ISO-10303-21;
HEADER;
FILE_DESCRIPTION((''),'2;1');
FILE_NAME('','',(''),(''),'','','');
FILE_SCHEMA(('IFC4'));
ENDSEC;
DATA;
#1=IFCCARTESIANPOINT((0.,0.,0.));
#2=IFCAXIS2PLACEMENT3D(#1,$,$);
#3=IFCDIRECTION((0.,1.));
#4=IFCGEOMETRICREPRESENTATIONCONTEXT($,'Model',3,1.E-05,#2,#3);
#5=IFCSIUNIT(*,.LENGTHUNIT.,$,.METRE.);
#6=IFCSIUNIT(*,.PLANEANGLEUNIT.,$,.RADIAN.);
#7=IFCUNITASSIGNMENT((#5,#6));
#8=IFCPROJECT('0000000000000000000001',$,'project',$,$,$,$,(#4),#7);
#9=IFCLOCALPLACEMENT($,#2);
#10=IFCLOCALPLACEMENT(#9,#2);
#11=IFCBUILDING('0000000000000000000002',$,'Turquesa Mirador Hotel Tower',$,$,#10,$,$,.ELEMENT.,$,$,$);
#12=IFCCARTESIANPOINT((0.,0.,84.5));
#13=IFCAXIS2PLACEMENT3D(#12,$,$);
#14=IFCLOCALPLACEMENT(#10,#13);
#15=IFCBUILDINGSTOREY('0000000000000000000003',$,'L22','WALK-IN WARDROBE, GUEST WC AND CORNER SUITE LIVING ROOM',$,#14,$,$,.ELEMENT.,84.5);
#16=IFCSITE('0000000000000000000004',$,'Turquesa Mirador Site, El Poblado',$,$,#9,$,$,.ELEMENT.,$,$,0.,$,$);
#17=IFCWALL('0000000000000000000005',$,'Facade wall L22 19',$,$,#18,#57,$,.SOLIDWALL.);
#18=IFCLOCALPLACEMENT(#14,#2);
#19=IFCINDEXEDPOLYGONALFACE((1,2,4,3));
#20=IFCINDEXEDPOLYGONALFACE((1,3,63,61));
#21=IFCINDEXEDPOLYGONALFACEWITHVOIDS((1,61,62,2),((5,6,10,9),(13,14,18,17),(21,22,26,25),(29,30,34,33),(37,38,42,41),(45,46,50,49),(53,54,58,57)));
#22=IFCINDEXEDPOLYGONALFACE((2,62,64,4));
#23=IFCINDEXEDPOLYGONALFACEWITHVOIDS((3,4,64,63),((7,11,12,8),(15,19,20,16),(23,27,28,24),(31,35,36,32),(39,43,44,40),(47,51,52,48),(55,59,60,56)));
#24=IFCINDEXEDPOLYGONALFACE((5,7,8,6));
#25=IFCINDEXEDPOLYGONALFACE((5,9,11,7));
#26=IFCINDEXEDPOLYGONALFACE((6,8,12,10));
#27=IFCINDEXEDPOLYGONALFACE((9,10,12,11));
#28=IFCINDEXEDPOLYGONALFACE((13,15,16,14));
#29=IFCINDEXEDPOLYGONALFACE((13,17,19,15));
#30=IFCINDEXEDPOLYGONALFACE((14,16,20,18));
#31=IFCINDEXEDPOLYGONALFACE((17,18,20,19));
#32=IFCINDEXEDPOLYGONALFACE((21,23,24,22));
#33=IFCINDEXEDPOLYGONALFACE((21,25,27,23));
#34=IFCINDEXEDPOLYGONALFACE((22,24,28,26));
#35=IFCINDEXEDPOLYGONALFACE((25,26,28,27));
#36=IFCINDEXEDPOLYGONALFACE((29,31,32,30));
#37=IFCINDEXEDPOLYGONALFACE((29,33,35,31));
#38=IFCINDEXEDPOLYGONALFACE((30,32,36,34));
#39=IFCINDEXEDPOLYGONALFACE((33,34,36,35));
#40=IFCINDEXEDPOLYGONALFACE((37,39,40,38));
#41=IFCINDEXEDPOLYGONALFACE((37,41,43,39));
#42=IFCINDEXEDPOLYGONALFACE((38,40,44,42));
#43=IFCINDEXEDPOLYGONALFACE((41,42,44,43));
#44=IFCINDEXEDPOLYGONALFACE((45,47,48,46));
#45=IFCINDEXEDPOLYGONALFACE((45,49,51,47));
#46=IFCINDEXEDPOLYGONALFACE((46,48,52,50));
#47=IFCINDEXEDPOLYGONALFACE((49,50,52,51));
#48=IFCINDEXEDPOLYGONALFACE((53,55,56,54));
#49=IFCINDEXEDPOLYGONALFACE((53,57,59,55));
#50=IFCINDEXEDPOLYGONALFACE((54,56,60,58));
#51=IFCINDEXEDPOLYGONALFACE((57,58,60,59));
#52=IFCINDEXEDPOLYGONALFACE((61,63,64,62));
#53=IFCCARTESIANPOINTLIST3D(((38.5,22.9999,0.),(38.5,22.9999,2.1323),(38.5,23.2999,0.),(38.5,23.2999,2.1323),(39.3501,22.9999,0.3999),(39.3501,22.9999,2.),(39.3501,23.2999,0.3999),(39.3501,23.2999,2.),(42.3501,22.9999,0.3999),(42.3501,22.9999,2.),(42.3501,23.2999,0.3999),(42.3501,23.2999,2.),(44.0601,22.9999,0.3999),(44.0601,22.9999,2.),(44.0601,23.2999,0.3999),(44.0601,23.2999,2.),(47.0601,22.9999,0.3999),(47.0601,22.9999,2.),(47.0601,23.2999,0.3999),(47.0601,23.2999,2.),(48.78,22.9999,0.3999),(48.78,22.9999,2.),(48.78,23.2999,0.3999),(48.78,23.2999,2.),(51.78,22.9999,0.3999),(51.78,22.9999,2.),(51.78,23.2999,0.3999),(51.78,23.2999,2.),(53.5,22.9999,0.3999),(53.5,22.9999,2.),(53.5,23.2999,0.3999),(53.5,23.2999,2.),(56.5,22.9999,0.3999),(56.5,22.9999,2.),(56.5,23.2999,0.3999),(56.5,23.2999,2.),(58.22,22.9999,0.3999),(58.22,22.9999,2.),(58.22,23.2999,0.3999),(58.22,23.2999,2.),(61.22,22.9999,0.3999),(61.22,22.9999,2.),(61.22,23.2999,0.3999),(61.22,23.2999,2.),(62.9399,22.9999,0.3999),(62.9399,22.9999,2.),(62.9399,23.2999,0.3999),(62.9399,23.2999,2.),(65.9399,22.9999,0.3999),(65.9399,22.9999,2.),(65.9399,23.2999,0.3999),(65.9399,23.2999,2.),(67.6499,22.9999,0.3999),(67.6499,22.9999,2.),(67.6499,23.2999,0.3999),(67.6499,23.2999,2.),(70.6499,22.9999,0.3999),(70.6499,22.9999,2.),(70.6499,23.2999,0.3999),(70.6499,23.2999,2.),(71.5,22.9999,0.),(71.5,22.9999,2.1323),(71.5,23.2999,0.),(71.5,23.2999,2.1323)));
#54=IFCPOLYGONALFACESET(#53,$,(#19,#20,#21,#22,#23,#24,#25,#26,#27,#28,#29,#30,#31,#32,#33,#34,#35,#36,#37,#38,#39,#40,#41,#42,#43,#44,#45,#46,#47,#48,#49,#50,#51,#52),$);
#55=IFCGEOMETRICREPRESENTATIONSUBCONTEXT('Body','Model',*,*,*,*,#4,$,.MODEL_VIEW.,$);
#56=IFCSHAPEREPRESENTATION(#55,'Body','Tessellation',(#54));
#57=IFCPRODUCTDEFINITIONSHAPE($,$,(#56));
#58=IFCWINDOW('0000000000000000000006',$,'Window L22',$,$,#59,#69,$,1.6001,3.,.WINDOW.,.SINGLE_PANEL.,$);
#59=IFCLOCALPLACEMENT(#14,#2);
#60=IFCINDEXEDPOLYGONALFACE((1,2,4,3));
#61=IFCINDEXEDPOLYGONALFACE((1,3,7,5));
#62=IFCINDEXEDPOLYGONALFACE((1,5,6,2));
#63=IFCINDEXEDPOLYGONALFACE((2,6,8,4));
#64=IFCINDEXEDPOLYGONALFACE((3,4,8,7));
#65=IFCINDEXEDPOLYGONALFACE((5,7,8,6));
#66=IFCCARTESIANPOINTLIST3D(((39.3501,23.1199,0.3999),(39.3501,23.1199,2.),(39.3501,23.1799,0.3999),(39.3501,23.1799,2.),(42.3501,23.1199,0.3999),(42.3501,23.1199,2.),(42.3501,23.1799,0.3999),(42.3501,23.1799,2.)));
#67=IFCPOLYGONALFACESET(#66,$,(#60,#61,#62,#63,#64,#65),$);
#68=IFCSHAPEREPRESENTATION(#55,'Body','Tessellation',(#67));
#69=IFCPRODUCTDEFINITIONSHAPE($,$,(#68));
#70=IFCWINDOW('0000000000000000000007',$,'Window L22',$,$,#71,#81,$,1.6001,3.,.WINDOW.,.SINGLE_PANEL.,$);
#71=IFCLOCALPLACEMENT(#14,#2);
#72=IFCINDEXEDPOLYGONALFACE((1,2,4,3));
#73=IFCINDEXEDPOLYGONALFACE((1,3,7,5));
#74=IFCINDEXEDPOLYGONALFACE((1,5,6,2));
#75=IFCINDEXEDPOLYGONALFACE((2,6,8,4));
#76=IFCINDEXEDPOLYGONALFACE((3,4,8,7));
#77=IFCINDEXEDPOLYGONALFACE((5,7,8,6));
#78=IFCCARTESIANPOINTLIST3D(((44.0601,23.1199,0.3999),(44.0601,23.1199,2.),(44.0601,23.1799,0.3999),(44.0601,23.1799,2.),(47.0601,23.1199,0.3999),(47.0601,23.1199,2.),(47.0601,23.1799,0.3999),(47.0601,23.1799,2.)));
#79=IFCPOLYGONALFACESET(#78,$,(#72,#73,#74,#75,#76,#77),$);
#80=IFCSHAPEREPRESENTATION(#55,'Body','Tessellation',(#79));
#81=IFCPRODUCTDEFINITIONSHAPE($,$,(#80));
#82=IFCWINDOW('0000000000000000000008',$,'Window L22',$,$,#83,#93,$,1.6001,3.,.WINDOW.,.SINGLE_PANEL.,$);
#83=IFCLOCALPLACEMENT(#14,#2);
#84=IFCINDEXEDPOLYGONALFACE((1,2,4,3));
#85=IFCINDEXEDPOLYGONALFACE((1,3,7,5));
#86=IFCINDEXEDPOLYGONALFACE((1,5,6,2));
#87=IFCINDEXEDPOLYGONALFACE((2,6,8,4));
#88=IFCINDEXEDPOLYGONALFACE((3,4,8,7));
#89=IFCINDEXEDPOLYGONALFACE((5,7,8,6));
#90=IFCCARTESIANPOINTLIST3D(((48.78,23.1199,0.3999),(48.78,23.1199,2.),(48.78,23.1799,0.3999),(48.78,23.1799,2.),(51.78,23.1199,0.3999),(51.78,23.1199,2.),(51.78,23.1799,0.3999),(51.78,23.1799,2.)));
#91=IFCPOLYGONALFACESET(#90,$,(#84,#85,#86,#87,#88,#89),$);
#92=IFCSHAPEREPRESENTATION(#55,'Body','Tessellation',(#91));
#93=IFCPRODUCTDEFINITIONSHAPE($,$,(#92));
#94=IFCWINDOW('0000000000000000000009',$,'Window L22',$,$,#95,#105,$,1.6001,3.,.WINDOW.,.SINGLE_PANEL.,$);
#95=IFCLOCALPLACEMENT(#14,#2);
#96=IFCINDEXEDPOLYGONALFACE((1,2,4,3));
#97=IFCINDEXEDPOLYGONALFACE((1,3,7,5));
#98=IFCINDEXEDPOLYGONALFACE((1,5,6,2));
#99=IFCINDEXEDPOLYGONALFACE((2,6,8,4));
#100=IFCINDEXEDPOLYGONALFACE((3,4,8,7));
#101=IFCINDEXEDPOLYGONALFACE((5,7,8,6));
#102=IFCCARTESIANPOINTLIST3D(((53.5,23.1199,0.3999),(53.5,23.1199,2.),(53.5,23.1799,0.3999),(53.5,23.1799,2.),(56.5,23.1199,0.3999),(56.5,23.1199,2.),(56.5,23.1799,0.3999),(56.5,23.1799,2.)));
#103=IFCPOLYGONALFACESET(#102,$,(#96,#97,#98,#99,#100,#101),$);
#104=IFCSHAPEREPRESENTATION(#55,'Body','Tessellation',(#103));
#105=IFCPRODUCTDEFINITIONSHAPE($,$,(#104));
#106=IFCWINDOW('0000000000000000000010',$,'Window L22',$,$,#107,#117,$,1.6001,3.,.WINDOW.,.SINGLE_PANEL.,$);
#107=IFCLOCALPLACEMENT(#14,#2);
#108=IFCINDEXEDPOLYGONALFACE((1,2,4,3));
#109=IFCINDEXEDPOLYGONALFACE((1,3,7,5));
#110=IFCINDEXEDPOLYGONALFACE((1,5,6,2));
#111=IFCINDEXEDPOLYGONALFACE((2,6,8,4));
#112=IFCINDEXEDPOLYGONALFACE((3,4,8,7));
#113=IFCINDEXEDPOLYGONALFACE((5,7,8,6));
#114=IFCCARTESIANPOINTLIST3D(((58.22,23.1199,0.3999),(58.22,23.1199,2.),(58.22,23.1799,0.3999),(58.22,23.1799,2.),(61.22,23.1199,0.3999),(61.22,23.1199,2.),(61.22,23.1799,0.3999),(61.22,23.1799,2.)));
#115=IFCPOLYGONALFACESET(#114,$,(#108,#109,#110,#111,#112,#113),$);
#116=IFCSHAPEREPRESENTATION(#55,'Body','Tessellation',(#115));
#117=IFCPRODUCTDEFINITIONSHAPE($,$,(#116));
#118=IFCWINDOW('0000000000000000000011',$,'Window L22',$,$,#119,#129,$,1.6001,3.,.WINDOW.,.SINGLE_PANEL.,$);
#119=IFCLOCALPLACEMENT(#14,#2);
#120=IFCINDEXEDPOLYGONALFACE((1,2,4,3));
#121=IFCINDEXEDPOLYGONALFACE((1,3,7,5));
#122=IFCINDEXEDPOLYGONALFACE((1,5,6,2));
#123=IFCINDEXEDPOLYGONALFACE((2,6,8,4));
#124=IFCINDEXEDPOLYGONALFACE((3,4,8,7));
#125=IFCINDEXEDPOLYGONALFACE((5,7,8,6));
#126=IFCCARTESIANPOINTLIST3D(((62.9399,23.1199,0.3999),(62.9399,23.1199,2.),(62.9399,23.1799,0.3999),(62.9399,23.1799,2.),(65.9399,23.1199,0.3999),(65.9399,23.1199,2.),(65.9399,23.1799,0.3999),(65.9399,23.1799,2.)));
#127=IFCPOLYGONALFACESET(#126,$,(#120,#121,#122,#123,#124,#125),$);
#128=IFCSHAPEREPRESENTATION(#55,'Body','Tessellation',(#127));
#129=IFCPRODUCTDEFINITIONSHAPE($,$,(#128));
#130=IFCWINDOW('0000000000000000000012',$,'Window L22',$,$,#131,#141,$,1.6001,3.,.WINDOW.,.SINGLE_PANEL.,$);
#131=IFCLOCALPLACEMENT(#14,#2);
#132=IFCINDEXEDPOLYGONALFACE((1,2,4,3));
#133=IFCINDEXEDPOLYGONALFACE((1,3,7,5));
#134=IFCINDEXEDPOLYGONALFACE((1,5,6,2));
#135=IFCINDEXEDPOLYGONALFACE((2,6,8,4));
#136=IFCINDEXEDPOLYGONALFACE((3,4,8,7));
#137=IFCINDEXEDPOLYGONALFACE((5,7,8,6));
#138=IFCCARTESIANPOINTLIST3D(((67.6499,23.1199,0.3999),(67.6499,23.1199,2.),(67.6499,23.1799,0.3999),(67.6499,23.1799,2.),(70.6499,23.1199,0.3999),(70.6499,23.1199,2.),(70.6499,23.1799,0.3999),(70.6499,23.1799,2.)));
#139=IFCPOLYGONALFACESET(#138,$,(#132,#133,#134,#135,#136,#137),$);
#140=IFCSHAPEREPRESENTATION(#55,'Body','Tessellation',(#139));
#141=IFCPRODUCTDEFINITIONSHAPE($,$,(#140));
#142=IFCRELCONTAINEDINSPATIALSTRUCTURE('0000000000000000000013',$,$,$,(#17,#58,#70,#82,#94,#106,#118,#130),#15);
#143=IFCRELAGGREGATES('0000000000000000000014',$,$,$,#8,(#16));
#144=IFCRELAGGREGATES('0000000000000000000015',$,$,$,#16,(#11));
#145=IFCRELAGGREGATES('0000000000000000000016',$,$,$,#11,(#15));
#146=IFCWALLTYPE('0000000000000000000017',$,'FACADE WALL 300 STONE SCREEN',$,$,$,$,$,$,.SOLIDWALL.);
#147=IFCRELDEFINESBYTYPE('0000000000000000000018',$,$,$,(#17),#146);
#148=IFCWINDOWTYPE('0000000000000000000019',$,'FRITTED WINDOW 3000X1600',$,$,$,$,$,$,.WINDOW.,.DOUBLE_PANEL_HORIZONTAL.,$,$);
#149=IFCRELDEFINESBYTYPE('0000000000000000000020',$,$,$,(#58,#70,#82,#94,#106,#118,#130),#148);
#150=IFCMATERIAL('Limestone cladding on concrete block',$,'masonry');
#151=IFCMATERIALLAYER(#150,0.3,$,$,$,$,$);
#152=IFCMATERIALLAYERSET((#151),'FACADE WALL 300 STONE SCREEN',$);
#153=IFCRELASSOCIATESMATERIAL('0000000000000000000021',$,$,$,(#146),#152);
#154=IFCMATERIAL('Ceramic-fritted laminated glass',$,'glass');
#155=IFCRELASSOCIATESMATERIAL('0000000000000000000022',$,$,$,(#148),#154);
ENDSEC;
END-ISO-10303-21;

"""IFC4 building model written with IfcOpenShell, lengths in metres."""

from ifc_helpers import new_model, si_unit, direction, frame, frame_2d, origin, place, context, subcontext, project, spatial, rectangle, extrude, material, layer, layer_set, type_object, element, fill, save


model = new_model("IFC4")

# Units and contexts
model_context = context("Model", 3, precision=1e-05, world=origin(), true_north=direction((0.0, 1.0)))
body_context = subcontext(model_context, "Body", "Model", "MODEL_VIEW")
ifc_project = project(units=[si_unit("LENGTHUNIT", "METRE"), si_unit("PLANEANGLEUNIT", "RADIAN")], contexts=[model_context])

# Site, building, storey
site_placement = place(None, origin())
site = spatial("IfcSite", under=ifc_project, at=site_placement, Name="Turquesa Mirador Site, El Poblado", CompositionType="ELEMENT", RefElevation=0.0)
building_placement = place(site_placement, origin())
building = spatial("IfcBuilding", under=site, at=building_placement, Name="Turquesa Mirador Hotel Tower", CompositionType="ELEMENT")
storey_placement = place(building_placement, frame((0.0, 0.0, 84.5)))
storey = spatial("IfcBuildingStorey", under=building, at=storey_placement, Name="L22", Description="WALK-IN WARDROBE, GUEST WC AND CORNER SUITE LIVING ROOM", CompositionType="ELEMENT", Elevation=84.5)

# Shared definitions
ifc_material_1 = material(Name="Limestone cladding on concrete block", Category="masonry")
ifc_layer_1 = layer(ifc_material_1, 0.3)
ifc_layer_set_1 = layer_set([ifc_layer_1], Name="FACADE WALL 300 STONE SCREEN")
wall_type = type_object("IfcWallType", Name="FACADE WALL 300 STONE SCREEN", PredefinedType="SOLIDWALL", material=ifc_layer_set_1)

# Wall, openings, windows
wall_1_placement = place(storey_placement, frame((38.5, 23.1499, 0.0), z_axis=(0.0, 0.0, 1.0), x_axis=(1.0, 0.0, 0.0)))
wall_1 = element("IfcWall", 1, at=wall_1_placement, inside=storey, type_object=wall_type, Name="Facade wall L22 19", PredefinedType="SOLIDWALL", context=body_context, shape_type="SweptSolid", body=[
    extrude(rectangle(XDim=33.0, YDim=0.3, at=frame_2d((16.5, 0.0))), origin(), (0.0, 0.0, 1.0), 2.1323),
])
opening_1_placement = place(wall_1_placement, frame((0.8501, 0.0, 0.3999)))
opening_1 = element("IfcOpeningElement", 2, at=opening_1_placement, cuts=wall_1, PredefinedType="OPENING", context=body_context, shape_type="SweptSolid", body=[
    extrude(rectangle(XDim=3.0, YDim=1.6001, at=frame_2d((1.5, 0.8))), frame((0.0, 0.1599, 0.0), z_axis=(0.0, -1.0, 0.0), x_axis=(1.0, 0.0, 0.0)), (0.0, 0.0, 1.0), 0.3201),
])
opening_2_placement = place(wall_1_placement, frame((5.5601, 0.0, 0.3999)))
opening_2 = element("IfcOpeningElement", 3, at=opening_2_placement, cuts=wall_1, PredefinedType="OPENING", context=body_context, shape_type="SweptSolid", body=[
    extrude(rectangle(XDim=3.0, YDim=1.6001, at=frame_2d((1.5, 0.8))), frame((0.0, 0.1599, 0.0), z_axis=(0.0, -1.0, 0.0), x_axis=(1.0, 0.0, 0.0)), (0.0, 0.0, 1.0), 0.3201),
])
opening_3_placement = place(wall_1_placement, frame((10.28, 0.0, 0.3999)))
opening_3 = element("IfcOpeningElement", 4, at=opening_3_placement, cuts=wall_1, PredefinedType="OPENING", context=body_context, shape_type="SweptSolid", body=[
    extrude(rectangle(XDim=3.0, YDim=1.6001, at=frame_2d((1.5, 0.8))), frame((0.0, 0.1599, 0.0), z_axis=(0.0, -1.0, 0.0), x_axis=(1.0, 0.0, 0.0)), (0.0, 0.0, 1.0), 0.3201),
])
opening_4_placement = place(wall_1_placement, frame((15.0, 0.0, 0.3999)))
opening_4 = element("IfcOpeningElement", 5, at=opening_4_placement, cuts=wall_1, PredefinedType="OPENING", context=body_context, shape_type="SweptSolid", body=[
    extrude(rectangle(XDim=3.0, YDim=1.6001, at=frame_2d((1.5, 0.8))), frame((0.0, 0.1599, 0.0), z_axis=(0.0, -1.0, 0.0), x_axis=(1.0, 0.0, 0.0)), (0.0, 0.0, 1.0), 0.3201),
])
opening_5_placement = place(wall_1_placement, frame((19.72, 0.0, 0.3999)))
opening_5 = element("IfcOpeningElement", 6, at=opening_5_placement, cuts=wall_1, PredefinedType="OPENING", context=body_context, shape_type="SweptSolid", body=[
    extrude(rectangle(XDim=3.0, YDim=1.6001, at=frame_2d((1.5, 0.8))), frame((0.0, 0.1599, 0.0), z_axis=(0.0, -1.0, 0.0), x_axis=(1.0, 0.0, 0.0)), (0.0, 0.0, 1.0), 0.3201),
])
opening_6_placement = place(wall_1_placement, frame((24.4399, 0.0, 0.3999)))
opening_6 = element("IfcOpeningElement", 7, at=opening_6_placement, cuts=wall_1, PredefinedType="OPENING", context=body_context, shape_type="SweptSolid", body=[
    extrude(rectangle(XDim=3.0, YDim=1.6001, at=frame_2d((1.5, 0.8))), frame((0.0, 0.1599, 0.0), z_axis=(0.0, -1.0, 0.0), x_axis=(1.0, 0.0, 0.0)), (0.0, 0.0, 1.0), 0.3201),
])
opening_7_placement = place(wall_1_placement, frame((29.1499, 0.0, 0.3999)))
opening_7 = element("IfcOpeningElement", 8, at=opening_7_placement, cuts=wall_1, PredefinedType="OPENING", context=body_context, shape_type="SweptSolid", body=[
    extrude(rectangle(XDim=3.0, YDim=1.6001, at=frame_2d((1.5, 0.8))), frame((0.0, 0.1599, 0.0), z_axis=(0.0, -1.0, 0.0), x_axis=(1.0, 0.0, 0.0)), (0.0, 0.0, 1.0), 0.3201),
])
ifc_material_2 = material(Name="Ceramic-fritted laminated glass", Category="glass")
window_type_1 = type_object("IfcWindowType", Name="FRITTED WINDOW 3000X1600", PartitioningType="DOUBLE_PANEL_HORIZONTAL", PredefinedType="WINDOW", material=ifc_material_2)
window_1_placement = place(opening_1_placement, origin())
window_1 = element("IfcWindow", 9, at=window_1_placement, inside=storey, type_object=window_type_1, Name="Window L22", OverallHeight=1.6001, OverallWidth=3.0, PartitioningType="SINGLE_PANEL", PredefinedType="WINDOW", context=body_context, shape_type="SweptSolid", body=[
    extrude(rectangle(XDim=3.0, YDim=1.6001, at=frame_2d((1.5, 0.8))), frame((0.0, 0.03, 0.0), z_axis=(0.0, -1.0, 0.0), x_axis=(1.0, 0.0, 0.0)), (0.0, 0.0, 1.0), 0.0601),
])
fill(opening_1, window_1)
window_2_placement = place(opening_2_placement, origin())
window_2 = element("IfcWindow", 10, at=window_2_placement, inside=storey, type_object=window_type_1, Name="Window L22", OverallHeight=1.6001, OverallWidth=3.0, PartitioningType="SINGLE_PANEL", PredefinedType="WINDOW", context=body_context, shape_type="SweptSolid", body=[
    extrude(rectangle(XDim=3.0, YDim=1.6001, at=frame_2d((1.5, 0.8))), frame((0.0, 0.03, 0.0), z_axis=(0.0, -1.0, 0.0), x_axis=(1.0, 0.0, 0.0)), (0.0, 0.0, 1.0), 0.0601),
])
fill(opening_2, window_2)
window_3_placement = place(opening_3_placement, origin())
window_3 = element("IfcWindow", 11, at=window_3_placement, inside=storey, type_object=window_type_1, Name="Window L22", OverallHeight=1.6001, OverallWidth=3.0, PartitioningType="SINGLE_PANEL", PredefinedType="WINDOW", context=body_context, shape_type="SweptSolid", body=[
    extrude(rectangle(XDim=3.0, YDim=1.6001, at=frame_2d((1.5, 0.8))), frame((0.0, 0.03, 0.0), z_axis=(0.0, -1.0, 0.0), x_axis=(1.0, 0.0, 0.0)), (0.0, 0.0, 1.0), 0.0601),
])
fill(opening_3, window_3)
window_4_placement = place(opening_4_placement, origin())
window_4 = element("IfcWindow", 12, at=window_4_placement, inside=storey, type_object=window_type_1, Name="Window L22", OverallHeight=1.6001, OverallWidth=3.0, PartitioningType="SINGLE_PANEL", PredefinedType="WINDOW", context=body_context, shape_type="SweptSolid", body=[
    extrude(rectangle(XDim=3.0, YDim=1.6001, at=frame_2d((1.5, 0.8))), frame((0.0, 0.03, 0.0), z_axis=(0.0, -1.0, 0.0), x_axis=(1.0, 0.0, 0.0)), (0.0, 0.0, 1.0), 0.0601),
])
fill(opening_4, window_4)
window_5_placement = place(opening_5_placement, origin())
window_5 = element("IfcWindow", 13, at=window_5_placement, inside=storey, type_object=window_type_1, Name="Window L22", OverallHeight=1.6001, OverallWidth=3.0, PartitioningType="SINGLE_PANEL", PredefinedType="WINDOW", context=body_context, shape_type="SweptSolid", body=[
    extrude(rectangle(XDim=3.0, YDim=1.6001, at=frame_2d((1.5, 0.8))), frame((0.0, 0.03, 0.0), z_axis=(0.0, -1.0, 0.0), x_axis=(1.0, 0.0, 0.0)), (0.0, 0.0, 1.0), 0.0601),
])
fill(opening_5, window_5)
window_6_placement = place(opening_6_placement, origin())
window_6 = element("IfcWindow", 14, at=window_6_placement, inside=storey, type_object=window_type_1, Name="Window L22", OverallHeight=1.6001, OverallWidth=3.0, PartitioningType="SINGLE_PANEL", PredefinedType="WINDOW", context=body_context, shape_type="SweptSolid", body=[
    extrude(rectangle(XDim=3.0, YDim=1.6001, at=frame_2d((1.5, 0.8))), frame((0.0, 0.03, 0.0), z_axis=(0.0, -1.0, 0.0), x_axis=(1.0, 0.0, 0.0)), (0.0, 0.0, 1.0), 0.0601),
])
fill(opening_6, window_6)
window_7_placement = place(opening_7_placement, origin())
window_7 = element("IfcWindow", 15, at=window_7_placement, inside=storey, type_object=window_type_1, Name="Window L22", OverallHeight=1.6001, OverallWidth=3.0, PartitioningType="SINGLE_PANEL", PredefinedType="WINDOW", context=body_context, shape_type="SweptSolid", body=[
    extrude(rectangle(XDim=3.0, YDim=1.6001, at=frame_2d((1.5, 0.8))), frame((0.0, 0.03, 0.0), z_axis=(0.0, -1.0, 0.0), x_axis=(1.0, 0.0, 0.0)), (0.0, 0.0, 1.0), 0.0601),
])
fill(opening_7, window_7)

save(model, "model.ifc")
